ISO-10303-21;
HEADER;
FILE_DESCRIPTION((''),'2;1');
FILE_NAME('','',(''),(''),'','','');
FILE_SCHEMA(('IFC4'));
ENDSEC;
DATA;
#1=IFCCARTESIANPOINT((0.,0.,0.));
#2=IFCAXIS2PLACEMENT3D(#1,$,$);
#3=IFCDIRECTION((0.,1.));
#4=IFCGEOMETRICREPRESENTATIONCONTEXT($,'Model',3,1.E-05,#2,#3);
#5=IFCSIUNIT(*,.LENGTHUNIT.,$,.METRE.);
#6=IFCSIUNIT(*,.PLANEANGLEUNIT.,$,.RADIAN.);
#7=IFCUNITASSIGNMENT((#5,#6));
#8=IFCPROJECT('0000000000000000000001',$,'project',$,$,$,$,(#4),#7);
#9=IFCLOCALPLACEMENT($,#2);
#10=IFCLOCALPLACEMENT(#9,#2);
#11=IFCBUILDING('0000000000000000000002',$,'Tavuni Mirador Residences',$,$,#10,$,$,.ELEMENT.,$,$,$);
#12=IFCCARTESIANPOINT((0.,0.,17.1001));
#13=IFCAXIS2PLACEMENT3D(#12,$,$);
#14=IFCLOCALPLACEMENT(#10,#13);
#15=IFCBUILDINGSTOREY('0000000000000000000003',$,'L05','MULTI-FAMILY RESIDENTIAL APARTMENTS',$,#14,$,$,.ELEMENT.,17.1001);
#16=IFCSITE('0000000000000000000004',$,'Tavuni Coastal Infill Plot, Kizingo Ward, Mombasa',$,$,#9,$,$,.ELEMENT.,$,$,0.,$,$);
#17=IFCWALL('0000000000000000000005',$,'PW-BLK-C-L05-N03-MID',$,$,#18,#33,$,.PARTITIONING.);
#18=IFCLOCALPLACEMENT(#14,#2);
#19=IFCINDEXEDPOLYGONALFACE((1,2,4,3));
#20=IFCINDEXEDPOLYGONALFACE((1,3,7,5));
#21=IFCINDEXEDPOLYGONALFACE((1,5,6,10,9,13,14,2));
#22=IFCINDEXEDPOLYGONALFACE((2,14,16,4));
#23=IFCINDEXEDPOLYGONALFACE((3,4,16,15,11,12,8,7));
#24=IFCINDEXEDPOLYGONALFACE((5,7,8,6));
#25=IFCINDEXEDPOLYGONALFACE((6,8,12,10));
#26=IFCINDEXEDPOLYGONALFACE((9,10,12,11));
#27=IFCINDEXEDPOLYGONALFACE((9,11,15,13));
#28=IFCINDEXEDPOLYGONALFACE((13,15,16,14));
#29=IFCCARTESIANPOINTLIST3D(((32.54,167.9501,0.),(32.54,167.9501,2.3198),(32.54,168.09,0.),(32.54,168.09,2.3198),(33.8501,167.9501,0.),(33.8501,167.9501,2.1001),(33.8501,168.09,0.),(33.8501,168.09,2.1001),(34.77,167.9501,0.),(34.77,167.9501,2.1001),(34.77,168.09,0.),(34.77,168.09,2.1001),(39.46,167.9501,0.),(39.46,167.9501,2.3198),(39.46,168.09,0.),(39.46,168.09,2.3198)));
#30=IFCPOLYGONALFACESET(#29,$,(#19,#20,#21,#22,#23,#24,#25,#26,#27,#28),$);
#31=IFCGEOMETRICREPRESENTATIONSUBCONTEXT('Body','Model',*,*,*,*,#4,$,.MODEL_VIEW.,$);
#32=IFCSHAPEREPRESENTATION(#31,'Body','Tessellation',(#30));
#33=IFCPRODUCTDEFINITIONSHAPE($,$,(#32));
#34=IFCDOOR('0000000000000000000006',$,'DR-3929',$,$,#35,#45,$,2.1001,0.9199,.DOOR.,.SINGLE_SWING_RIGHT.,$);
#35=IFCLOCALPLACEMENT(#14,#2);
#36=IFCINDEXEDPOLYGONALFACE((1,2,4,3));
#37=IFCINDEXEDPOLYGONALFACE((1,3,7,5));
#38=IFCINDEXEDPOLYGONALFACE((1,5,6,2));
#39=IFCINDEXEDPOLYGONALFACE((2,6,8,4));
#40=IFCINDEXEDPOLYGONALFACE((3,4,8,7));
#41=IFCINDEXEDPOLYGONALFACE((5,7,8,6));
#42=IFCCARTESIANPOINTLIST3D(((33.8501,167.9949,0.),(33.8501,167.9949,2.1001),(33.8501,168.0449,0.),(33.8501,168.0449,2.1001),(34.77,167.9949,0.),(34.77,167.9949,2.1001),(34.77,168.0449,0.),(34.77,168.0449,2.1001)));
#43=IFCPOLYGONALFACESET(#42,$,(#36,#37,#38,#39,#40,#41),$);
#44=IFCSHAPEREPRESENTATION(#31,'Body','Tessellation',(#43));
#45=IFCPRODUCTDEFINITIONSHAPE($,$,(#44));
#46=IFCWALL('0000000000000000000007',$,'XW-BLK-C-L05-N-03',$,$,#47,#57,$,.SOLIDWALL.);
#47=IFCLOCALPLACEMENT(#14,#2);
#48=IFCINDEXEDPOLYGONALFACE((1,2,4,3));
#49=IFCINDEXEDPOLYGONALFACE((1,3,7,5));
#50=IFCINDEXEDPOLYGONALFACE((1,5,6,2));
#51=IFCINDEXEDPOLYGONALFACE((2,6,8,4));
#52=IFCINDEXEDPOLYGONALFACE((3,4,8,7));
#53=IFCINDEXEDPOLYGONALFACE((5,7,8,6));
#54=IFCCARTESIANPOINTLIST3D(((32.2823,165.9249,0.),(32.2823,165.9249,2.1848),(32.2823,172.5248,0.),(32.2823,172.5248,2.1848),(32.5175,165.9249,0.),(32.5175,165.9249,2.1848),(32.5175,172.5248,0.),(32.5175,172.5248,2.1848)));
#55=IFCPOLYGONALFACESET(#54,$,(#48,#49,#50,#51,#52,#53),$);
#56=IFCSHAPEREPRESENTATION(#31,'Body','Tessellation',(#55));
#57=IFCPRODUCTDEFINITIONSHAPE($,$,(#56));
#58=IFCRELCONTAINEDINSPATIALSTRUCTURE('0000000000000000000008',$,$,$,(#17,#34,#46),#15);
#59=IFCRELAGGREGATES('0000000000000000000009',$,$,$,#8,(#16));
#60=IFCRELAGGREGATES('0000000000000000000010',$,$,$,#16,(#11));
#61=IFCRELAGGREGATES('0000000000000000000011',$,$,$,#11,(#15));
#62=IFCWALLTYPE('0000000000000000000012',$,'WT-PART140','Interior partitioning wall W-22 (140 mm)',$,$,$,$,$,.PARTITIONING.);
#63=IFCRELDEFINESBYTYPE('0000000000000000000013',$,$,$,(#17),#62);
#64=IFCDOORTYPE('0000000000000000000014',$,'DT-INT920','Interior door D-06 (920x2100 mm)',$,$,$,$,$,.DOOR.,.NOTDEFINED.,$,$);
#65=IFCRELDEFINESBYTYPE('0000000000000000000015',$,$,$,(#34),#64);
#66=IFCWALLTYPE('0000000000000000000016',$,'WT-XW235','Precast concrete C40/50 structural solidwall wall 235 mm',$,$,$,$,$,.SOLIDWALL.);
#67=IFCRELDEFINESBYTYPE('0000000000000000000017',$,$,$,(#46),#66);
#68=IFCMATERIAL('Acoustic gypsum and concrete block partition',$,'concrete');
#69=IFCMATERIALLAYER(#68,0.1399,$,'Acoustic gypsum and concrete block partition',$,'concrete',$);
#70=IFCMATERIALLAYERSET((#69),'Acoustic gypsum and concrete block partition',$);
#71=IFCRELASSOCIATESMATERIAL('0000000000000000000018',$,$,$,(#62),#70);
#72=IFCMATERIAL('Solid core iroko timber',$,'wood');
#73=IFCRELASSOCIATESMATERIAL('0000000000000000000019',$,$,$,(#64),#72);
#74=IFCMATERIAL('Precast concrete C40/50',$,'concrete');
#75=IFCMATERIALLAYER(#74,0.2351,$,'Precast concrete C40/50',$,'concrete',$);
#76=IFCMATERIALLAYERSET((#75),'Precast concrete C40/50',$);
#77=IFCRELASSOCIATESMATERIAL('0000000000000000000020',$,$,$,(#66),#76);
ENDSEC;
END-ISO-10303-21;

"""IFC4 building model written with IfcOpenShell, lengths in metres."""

from ifc_helpers import new_model, si_unit, direction, frame, frame_2d, origin, place, context, subcontext, project, spatial, rectangle, extrude, material, layer, layer_set, type_object, element, fill, save


model = new_model("IFC4")

# Units and contexts
model_context = context("Model", 3, precision=1e-05, world=origin(), true_north=direction((0.0, 1.0)))
body_context = subcontext(model_context, "Body", "Model", "MODEL_VIEW")
ifc_project = project(units=[si_unit("LENGTHUNIT", "METRE"), si_unit("PLANEANGLEUNIT", "RADIAN")], contexts=[model_context])

# Site, building, storey
site_placement = place(None, origin())
site = spatial("IfcSite", under=ifc_project, at=site_placement, Name="Tavuni Coastal Infill Plot, Kizingo Ward, Mombasa", CompositionType="ELEMENT", RefElevation=0.0)
building_placement = place(site_placement, origin())
building = spatial("IfcBuilding", under=site, at=building_placement, Name="Tavuni Mirador Residences", CompositionType="ELEMENT")
storey_placement = place(building_placement, frame((0.0, 0.0, 17.1001)))
storey = spatial("IfcBuildingStorey", under=building, at=storey_placement, Name="L05", Description="MULTI-FAMILY RESIDENTIAL APARTMENTS", CompositionType="ELEMENT", Elevation=17.1001)

# Shared definitions
ifc_material_1 = material(Name="Precast concrete C40/50", Category="concrete")

# Shared definitions
ifc_material_2 = material(Name="Solid core iroko timber", Category="wood")

# Wall, opening, door
ifc_material_3 = material(Name="Acoustic gypsum and concrete block partition", Category="concrete")
ifc_layer_1 = layer(ifc_material_3, 0.1399, Name="Acoustic gypsum and concrete block partition", Category="concrete")
ifc_layer_set_1 = layer_set([ifc_layer_1], Name="Acoustic gypsum and concrete block partition")
wall_type_1 = type_object("IfcWallType", Name="WT-PART140", Description="Interior partitioning wall W-22 (140 mm)", PredefinedType="PARTITIONING", material=ifc_layer_set_1)
wall_1_placement = place(storey_placement, frame((32.54, 168.02, 0.0), z_axis=(0.0, 0.0, 1.0), x_axis=(1.0, 0.0, 0.0)))
wall_1 = element("IfcWall", 1, at=wall_1_placement, inside=storey, type_object=wall_type_1, Name="PW-BLK-C-L05-N03-MID", PredefinedType="PARTITIONING", context=body_context, shape_type="SweptSolid", body=[
    extrude(rectangle(XDim=6.9199, YDim=0.1399, at=frame_2d((3.46, 0.0))), origin(), (0.0, 0.0, 1.0), 2.3198),
])
opening_1_placement = place(wall_1_placement, frame((1.3101, 0.0, 0.0)))
opening_1 = element("IfcOpeningElement", 2, at=opening_1_placement, cuts=wall_1, PredefinedType="OPENING", context=body_context, shape_type="SweptSolid", body=[
    extrude(rectangle(XDim=0.9199, YDim=2.1001, at=frame_2d((0.46, 1.05))), frame((0.0, 0.0801, 0.0), z_axis=(0.0, -1.0, 0.0), x_axis=(1.0, 0.0, 0.0)), (0.0, 0.0, 1.0), 0.1599),
])
door_type_1 = type_object("IfcDoorType", Name="DT-INT920", Description="Interior door D-06 (920x2100 mm)", OperationType="NOTDEFINED", PredefinedType="DOOR", material=ifc_material_2)
door_1_placement = place(opening_1_placement, origin())
door_1 = element("IfcDoor", 3, at=door_1_placement, inside=storey, type_object=door_type_1, Name="DR-3929", OperationType="SINGLE_SWING_RIGHT", OverallHeight=2.1001, OverallWidth=0.9199, PredefinedType="DOOR", context=body_context, shape_type="SweptSolid", body=[
    extrude(rectangle(XDim=0.9199, YDim=2.1001, at=frame_2d((0.46, 1.05))), frame((0.0, 0.0249, 0.0), z_axis=(0.0, -1.0, 0.0), x_axis=(1.0, 0.0, 0.0)), (0.0, 0.0, 1.0), 0.05),
])
fill(opening_1, door_1)

# Wall
ifc_layer_2 = layer(ifc_material_1, 0.2351, Name="Precast concrete C40/50", Category="concrete")
ifc_layer_set_2 = layer_set([ifc_layer_2], Name="Precast concrete C40/50")
wall_type_2 = type_object("IfcWallType", Name="WT-XW235", Description="Precast concrete C40/50 structural solidwall wall 235 mm", PredefinedType="SOLIDWALL", material=ifc_layer_set_2)
wall_2_placement = place(storey_placement, frame((32.3999, 165.925, 0.0), z_axis=(0.0, 0.0, 1.0), x_axis=(0.0, 1.0, 0.0)))
element("IfcWall", 4, at=wall_2_placement, inside=storey, type_object=wall_type_2, Name="XW-BLK-C-L05-N-03", PredefinedType="SOLIDWALL", context=body_context, shape_type="SweptSolid", body=[
    extrude(rectangle(XDim=6.5999, YDim=0.2351, at=frame_2d((3.2998, 0.0))), origin(), (0.0, 0.0, 1.0), 2.1848),
])

save(model, "model.ifc")
